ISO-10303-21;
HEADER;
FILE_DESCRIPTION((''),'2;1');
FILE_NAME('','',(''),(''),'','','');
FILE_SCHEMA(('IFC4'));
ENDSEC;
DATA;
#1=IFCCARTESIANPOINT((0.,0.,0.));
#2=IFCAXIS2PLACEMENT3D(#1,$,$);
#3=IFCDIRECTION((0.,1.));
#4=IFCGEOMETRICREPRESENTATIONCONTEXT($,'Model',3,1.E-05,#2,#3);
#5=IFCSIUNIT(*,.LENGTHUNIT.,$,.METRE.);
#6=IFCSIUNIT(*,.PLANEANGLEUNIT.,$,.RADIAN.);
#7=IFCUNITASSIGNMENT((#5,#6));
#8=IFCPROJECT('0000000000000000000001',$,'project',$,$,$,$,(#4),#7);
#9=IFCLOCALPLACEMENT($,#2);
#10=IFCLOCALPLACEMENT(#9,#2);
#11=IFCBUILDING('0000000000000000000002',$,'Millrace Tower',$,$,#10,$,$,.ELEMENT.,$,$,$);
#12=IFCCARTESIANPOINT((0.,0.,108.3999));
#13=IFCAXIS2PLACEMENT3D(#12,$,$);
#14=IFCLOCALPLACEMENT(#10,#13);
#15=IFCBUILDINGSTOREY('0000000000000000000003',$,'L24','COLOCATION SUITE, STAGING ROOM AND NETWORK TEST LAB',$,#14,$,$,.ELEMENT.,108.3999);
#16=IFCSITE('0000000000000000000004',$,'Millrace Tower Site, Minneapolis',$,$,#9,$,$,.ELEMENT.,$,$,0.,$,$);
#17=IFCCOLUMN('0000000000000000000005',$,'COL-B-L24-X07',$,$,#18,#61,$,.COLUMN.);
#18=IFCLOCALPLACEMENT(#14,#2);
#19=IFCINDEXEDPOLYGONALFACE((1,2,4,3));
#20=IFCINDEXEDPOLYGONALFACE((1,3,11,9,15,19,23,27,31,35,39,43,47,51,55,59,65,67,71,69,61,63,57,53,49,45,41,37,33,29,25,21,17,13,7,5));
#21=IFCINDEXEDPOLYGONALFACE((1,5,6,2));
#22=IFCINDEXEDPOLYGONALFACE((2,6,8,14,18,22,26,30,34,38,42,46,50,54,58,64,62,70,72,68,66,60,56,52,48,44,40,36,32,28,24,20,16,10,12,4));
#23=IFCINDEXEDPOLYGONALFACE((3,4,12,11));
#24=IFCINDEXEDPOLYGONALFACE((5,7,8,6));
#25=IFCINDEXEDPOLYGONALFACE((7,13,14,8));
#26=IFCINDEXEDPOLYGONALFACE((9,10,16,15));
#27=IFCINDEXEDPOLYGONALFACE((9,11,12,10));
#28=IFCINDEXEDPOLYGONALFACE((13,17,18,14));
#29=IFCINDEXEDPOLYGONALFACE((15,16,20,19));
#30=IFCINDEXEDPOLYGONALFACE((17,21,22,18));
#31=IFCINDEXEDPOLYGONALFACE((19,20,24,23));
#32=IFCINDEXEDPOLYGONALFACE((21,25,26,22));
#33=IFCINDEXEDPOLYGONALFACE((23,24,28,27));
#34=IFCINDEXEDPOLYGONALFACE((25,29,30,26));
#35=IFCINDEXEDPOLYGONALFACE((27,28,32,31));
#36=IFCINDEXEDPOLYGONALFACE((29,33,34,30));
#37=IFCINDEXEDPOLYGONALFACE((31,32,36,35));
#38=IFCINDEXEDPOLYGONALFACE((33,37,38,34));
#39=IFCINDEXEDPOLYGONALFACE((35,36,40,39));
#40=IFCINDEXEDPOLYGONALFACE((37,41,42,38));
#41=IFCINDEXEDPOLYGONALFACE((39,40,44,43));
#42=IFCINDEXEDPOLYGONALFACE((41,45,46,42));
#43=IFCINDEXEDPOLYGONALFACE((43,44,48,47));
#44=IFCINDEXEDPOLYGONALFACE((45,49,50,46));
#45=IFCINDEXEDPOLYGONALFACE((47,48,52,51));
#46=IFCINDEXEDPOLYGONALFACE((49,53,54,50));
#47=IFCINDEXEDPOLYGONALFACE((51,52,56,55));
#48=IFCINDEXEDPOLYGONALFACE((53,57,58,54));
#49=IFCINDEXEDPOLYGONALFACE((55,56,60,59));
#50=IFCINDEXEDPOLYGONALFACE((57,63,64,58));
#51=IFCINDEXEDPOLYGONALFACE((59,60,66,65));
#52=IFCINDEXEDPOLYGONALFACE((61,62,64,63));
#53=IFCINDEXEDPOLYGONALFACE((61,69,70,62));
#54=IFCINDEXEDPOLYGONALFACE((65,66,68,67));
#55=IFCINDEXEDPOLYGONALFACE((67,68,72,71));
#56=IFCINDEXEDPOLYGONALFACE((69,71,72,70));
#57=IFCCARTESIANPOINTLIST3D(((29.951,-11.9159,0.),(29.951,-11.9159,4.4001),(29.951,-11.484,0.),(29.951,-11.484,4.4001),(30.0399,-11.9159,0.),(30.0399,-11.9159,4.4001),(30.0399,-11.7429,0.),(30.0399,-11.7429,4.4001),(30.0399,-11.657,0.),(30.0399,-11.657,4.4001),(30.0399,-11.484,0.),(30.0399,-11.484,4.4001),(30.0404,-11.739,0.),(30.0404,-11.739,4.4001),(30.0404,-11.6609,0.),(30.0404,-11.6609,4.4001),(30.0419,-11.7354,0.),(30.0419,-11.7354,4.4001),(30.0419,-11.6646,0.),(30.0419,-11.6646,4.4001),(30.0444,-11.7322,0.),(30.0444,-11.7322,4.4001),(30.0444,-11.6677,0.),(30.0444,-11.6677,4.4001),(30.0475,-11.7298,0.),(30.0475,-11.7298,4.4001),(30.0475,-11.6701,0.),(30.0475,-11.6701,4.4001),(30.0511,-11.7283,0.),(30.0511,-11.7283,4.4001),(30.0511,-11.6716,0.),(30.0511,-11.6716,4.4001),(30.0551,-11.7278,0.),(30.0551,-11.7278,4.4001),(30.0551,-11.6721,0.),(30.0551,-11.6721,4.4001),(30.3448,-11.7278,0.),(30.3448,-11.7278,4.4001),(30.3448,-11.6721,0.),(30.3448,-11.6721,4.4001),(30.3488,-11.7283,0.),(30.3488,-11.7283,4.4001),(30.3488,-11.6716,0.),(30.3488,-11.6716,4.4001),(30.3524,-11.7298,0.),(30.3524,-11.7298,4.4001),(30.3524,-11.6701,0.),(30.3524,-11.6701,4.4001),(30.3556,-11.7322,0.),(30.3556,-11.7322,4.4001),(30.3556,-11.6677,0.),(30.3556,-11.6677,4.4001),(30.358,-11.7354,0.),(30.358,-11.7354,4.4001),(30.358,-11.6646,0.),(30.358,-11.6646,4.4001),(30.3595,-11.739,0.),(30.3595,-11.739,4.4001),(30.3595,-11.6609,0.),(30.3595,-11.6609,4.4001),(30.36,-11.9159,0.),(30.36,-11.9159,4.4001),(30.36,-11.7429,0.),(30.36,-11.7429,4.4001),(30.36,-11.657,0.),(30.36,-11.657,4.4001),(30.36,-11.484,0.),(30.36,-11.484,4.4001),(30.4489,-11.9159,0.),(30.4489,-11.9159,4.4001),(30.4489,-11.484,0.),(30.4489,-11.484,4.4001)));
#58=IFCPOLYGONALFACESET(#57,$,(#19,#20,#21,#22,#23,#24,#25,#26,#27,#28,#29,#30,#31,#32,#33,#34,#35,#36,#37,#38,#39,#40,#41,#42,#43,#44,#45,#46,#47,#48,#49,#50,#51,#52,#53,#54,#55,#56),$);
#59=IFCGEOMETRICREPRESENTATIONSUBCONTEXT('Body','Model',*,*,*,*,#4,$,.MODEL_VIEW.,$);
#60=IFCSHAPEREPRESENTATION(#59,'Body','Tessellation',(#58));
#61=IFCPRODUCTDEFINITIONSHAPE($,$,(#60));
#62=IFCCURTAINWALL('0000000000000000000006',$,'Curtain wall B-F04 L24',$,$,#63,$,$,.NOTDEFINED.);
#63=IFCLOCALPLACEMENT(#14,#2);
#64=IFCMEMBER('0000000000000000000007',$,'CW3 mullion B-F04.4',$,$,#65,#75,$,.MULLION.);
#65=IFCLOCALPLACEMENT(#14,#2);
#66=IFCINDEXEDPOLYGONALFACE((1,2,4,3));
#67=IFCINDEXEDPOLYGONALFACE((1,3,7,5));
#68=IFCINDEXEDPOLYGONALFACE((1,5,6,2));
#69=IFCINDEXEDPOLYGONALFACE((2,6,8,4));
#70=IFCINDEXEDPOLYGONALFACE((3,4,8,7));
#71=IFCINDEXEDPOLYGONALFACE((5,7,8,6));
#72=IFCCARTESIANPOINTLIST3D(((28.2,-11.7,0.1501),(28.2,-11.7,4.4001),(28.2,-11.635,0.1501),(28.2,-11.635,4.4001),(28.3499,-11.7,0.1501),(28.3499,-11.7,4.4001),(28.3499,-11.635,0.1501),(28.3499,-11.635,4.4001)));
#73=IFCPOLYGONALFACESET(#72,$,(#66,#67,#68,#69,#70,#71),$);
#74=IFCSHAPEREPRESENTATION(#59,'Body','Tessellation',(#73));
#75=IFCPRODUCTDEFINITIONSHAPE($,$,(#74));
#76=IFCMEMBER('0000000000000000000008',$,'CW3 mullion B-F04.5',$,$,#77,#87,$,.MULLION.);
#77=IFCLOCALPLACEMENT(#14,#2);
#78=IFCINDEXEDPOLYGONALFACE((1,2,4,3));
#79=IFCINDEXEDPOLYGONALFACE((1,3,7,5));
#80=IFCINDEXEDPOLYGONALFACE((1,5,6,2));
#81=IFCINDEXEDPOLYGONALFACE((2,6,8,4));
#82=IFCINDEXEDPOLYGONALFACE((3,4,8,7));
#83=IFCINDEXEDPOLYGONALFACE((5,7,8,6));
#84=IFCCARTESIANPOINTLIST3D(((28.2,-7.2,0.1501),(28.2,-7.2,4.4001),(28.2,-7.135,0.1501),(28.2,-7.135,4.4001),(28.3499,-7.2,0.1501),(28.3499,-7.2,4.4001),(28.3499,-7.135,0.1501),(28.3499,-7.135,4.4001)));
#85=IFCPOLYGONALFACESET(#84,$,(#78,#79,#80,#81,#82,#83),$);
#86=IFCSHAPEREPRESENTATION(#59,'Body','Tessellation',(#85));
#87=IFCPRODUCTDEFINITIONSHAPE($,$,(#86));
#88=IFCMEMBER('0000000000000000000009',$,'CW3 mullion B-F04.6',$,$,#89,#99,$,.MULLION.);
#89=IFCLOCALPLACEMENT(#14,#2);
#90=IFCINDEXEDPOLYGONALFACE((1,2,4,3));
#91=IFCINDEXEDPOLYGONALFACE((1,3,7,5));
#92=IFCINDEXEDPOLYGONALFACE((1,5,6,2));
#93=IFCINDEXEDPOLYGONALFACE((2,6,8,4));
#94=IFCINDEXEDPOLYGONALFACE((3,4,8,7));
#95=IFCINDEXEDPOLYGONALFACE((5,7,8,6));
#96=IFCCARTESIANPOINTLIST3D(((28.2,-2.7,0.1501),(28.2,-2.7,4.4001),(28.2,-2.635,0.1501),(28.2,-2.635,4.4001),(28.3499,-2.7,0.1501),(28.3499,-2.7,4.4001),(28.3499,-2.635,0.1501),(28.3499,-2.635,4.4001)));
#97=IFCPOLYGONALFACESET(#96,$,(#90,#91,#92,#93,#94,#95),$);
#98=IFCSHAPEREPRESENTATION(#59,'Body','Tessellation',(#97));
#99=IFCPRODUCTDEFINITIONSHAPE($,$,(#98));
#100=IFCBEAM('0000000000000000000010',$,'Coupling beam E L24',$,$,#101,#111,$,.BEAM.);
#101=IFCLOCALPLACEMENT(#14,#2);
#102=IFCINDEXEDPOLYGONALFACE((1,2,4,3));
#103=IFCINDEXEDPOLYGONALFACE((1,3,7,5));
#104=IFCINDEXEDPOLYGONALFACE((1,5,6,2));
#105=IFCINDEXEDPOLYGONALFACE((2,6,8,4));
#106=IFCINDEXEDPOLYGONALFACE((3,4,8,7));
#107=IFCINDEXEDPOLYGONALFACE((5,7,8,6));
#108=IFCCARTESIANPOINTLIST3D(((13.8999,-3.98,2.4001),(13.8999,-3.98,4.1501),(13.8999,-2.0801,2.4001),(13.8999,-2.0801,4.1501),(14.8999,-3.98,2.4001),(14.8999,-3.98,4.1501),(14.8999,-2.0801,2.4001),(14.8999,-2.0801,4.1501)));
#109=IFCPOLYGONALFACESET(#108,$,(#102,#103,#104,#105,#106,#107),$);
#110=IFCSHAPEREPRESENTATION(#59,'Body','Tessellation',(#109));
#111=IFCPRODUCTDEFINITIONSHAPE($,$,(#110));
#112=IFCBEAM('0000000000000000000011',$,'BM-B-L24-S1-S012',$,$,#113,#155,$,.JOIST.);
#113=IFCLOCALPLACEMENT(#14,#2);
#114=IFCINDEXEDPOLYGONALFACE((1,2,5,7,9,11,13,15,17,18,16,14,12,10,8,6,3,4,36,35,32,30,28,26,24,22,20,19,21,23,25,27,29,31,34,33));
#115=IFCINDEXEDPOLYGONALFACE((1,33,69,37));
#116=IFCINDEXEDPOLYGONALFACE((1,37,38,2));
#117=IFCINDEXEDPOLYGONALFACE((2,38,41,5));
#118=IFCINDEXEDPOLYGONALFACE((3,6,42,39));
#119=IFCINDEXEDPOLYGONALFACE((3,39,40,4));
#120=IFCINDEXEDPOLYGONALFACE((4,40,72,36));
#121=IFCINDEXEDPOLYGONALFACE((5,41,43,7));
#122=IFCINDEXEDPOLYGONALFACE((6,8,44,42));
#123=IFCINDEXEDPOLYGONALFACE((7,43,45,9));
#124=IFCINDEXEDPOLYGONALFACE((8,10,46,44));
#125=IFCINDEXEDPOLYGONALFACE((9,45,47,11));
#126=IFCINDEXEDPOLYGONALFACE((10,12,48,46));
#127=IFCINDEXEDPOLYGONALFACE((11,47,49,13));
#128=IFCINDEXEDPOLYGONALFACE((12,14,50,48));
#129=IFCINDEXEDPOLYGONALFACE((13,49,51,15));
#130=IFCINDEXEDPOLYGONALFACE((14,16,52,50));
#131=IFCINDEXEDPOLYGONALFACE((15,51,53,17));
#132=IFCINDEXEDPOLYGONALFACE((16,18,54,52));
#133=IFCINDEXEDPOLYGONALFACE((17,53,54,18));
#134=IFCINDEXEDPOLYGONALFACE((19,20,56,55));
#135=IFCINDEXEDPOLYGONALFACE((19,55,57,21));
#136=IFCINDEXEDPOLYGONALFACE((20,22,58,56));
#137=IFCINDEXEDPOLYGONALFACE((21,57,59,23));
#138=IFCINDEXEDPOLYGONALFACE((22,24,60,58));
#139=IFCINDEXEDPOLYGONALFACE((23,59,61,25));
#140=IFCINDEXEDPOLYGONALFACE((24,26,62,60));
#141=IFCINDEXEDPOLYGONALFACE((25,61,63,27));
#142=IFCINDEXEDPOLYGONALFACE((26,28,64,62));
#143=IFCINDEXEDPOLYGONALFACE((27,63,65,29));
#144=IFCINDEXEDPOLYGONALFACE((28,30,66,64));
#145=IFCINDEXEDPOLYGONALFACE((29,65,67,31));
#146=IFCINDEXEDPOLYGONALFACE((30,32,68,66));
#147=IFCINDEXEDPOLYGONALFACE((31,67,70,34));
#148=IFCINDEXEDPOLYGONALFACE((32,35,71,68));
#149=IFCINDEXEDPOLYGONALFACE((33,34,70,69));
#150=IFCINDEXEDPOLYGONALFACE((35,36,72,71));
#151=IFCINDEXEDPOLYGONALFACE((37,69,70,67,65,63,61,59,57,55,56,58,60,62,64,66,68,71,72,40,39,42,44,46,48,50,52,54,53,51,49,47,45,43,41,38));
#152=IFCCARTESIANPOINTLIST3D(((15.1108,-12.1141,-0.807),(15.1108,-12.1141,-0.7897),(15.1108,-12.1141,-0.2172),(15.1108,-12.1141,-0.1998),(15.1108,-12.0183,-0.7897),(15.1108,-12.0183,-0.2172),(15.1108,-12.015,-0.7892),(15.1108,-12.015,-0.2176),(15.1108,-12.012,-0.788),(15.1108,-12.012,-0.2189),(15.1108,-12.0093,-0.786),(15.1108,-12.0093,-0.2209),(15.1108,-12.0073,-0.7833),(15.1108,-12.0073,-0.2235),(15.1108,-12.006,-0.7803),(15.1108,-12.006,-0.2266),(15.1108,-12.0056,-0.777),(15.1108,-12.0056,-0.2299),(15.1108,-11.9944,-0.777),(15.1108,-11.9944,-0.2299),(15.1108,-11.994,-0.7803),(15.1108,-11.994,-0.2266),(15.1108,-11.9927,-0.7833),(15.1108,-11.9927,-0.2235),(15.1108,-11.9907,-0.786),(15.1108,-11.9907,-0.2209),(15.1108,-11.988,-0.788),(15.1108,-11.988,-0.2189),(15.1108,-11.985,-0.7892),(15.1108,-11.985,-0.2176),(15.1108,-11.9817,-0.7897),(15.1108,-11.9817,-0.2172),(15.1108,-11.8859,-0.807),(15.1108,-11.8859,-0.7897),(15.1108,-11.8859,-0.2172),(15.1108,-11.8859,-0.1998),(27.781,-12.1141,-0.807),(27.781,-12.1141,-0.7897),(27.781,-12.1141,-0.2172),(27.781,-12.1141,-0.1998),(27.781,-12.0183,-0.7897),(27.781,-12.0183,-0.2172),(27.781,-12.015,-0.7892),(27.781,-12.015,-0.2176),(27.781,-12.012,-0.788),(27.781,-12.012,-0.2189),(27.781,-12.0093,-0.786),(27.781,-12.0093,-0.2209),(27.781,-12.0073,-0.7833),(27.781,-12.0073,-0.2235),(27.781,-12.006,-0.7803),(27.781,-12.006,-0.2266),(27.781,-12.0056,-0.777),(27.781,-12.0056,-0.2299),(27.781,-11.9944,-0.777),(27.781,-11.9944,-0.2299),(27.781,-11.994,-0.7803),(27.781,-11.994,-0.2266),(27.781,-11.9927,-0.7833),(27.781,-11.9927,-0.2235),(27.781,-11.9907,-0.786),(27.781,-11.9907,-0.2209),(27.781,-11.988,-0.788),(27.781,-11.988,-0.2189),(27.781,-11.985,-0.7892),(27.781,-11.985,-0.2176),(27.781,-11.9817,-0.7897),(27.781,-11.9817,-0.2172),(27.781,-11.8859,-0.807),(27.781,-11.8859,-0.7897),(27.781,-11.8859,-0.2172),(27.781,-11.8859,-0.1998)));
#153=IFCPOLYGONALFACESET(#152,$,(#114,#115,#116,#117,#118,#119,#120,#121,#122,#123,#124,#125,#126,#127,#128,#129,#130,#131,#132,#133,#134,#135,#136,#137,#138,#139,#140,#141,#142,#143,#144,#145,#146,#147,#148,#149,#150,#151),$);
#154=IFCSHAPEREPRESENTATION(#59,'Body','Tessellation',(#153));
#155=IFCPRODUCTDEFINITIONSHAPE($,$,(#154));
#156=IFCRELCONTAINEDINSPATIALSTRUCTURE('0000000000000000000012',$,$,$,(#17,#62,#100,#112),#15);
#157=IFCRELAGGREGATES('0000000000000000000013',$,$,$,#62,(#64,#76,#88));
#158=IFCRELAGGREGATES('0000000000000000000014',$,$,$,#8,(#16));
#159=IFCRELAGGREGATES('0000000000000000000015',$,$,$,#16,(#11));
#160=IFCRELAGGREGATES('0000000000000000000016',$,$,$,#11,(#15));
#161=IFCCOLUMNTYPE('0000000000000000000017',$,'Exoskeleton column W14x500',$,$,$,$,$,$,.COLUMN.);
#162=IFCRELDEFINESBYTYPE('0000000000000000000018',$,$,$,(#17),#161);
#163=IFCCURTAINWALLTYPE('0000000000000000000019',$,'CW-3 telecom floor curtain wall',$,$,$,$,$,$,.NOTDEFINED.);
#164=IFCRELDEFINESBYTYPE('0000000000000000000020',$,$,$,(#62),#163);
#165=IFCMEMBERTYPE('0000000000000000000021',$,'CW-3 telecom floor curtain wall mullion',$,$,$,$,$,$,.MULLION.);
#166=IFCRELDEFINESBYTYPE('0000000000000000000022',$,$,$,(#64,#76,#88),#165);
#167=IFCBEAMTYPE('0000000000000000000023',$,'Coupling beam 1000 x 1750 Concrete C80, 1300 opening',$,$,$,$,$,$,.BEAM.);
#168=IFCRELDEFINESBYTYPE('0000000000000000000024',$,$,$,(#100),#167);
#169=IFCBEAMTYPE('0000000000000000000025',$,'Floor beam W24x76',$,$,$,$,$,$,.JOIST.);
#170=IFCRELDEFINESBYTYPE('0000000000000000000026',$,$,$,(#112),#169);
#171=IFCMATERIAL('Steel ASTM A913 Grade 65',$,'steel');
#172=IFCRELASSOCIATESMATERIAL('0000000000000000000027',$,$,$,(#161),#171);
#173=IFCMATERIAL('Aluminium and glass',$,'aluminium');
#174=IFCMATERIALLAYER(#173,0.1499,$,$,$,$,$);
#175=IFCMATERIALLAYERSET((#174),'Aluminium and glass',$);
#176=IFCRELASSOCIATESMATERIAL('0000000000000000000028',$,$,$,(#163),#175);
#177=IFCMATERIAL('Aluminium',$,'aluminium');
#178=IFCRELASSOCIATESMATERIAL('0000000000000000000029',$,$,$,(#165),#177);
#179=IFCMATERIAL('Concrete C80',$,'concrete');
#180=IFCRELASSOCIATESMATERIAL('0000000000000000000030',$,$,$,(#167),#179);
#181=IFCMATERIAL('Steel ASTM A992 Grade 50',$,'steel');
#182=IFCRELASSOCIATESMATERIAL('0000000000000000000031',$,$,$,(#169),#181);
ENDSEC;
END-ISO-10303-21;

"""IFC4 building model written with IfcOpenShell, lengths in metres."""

from ifc_helpers import new_model, si_unit, direction, frame, origin, origin_2d, place, context, subcontext, project, spatial, rectangle, i_section, extrude, material, layer, layer_set, material_profile, profile_set, type_object, element, aggregate, save


model = new_model("IFC4")

# Units and contexts
model_context = context("Model", 3, precision=1e-05, world=origin(), true_north=direction((0.0, 1.0)))
body_context = subcontext(model_context, "Body", "Model", "MODEL_VIEW")
ifc_project = project(units=[si_unit("LENGTHUNIT", "METRE"), si_unit("PLANEANGLEUNIT", "RADIAN")], contexts=[model_context])

# Site, building, storey
site_placement = place(None, origin())
site = spatial("IfcSite", under=ifc_project, at=site_placement, Name="Millrace Tower Site, Minneapolis", CompositionType="ELEMENT", RefElevation=0.0)
building_placement = place(site_placement, origin())
building = spatial("IfcBuilding", under=site, at=building_placement, Name="Millrace Tower", CompositionType="ELEMENT")
storey_placement = place(building_placement, frame((0.0, 0.0, 108.3999)))
storey = spatial("IfcBuildingStorey", under=building, at=storey_placement, Name="L24", Description="COLOCATION SUITE, STAGING ROOM AND NETWORK TEST LAB", CompositionType="ELEMENT", Elevation=108.3999)

# Column
ifc_material_1 = material(Name="Steel ASTM A913 Grade 65", Category="steel")
ifc_material_profile_1 = material_profile(ifc_material_1, i_section(OverallWidth=0.4319, OverallDepth=0.4978, WebThickness=0.0557, FlangeThickness=0.0889, FilletRadius=0.0151, at=origin_2d()))
ifc_profile_set_1 = profile_set([ifc_material_profile_1], Name="Steel ASTM A913 Grade 65")
column_type = type_object("IfcColumnType", Name="Exoskeleton column W14x500", PredefinedType="COLUMN", material=ifc_profile_set_1)
column_placement = place(storey_placement, frame((30.2, -11.7, 0.0), z_axis=(0.0, 0.0, 1.0), x_axis=(0.0, 1.0, 0.0)))
element("IfcColumn", 1, at=column_placement, inside=storey, type_object=column_type, Name="COL-B-L24-X07", PredefinedType="COLUMN", context=body_context, shape_type="SweptSolid", body=[
    extrude(i_section(OverallWidth=0.4319, OverallDepth=0.4978, WebThickness=0.0557, FlangeThickness=0.0889, FilletRadius=0.0151, at=origin_2d()), origin(), (0.0, 0.0, 1.0), 4.4001),
])

# Curtain wall, members
ifc_material_2 = material(Name="Aluminium and glass", Category="aluminium")
ifc_layer_1 = layer(ifc_material_2, 0.1499)
ifc_layer_set_1 = layer_set([ifc_layer_1], Name="Aluminium and glass")
curtain_wall_type = type_object("IfcCurtainWallType", Name="CW-3 telecom floor curtain wall", PredefinedType="NOTDEFINED", material=ifc_layer_set_1)
curtain_wall_placement = place(storey_placement, origin())
curtain_wall = element("IfcCurtainWall", 2, at=curtain_wall_placement, inside=storey, type_object=curtain_wall_type, Name="Curtain wall B-F04 L24", PredefinedType="NOTDEFINED")
ifc_material_3 = material(Name="Aluminium", Category="aluminium")
ifc_material_profile_2 = material_profile(ifc_material_3, rectangle(XDim=0.0649, YDim=0.1499, at=origin_2d()))
ifc_profile_set_2 = profile_set([ifc_material_profile_2], Name="Aluminium")
member_type = type_object("IfcMemberType", Name="CW-3 telecom floor curtain wall mullion", PredefinedType="MULLION", material=ifc_profile_set_2)
member_1_placement = place(storey_placement, frame((28.2749, -11.6675, 0.1501), z_axis=(0.0, 0.0, 1.0), x_axis=(0.0, 1.0, 0.0)))
member_1 = element("IfcMember", 3, at=member_1_placement, type_object=member_type, Name="CW3 mullion B-F04.4", PredefinedType="MULLION", context=body_context, shape_type="SweptSolid", body=[
    extrude(rectangle(XDim=0.0649, YDim=0.1499, at=origin_2d()), origin(), (0.0, 0.0, 1.0), 4.25),
])
member_2_placement = place(storey_placement, frame((28.2749, -7.1675, 0.1501), z_axis=(0.0, 0.0, 1.0), x_axis=(0.0, 1.0, 0.0)))
member_2 = element("IfcMember", 4, at=member_2_placement, type_object=member_type, Name="CW3 mullion B-F04.5", PredefinedType="MULLION", context=body_context, shape_type="SweptSolid", body=[
    extrude(rectangle(XDim=0.0649, YDim=0.1499, at=origin_2d()), origin(), (0.0, 0.0, 1.0), 4.25),
])
member_3_placement = place(storey_placement, frame((28.2749, -2.6675, 0.1501), z_axis=(0.0, 0.0, 1.0), x_axis=(0.0, 1.0, 0.0)))
member_3 = element("IfcMember", 5, at=member_3_placement, type_object=member_type, Name="CW3 mullion B-F04.6", PredefinedType="MULLION", context=body_context, shape_type="SweptSolid", body=[
    extrude(rectangle(XDim=0.0649, YDim=0.1499, at=origin_2d()), origin(), (0.0, 0.0, 1.0), 4.25),
])
aggregate(curtain_wall, [member_1, member_2, member_3])

# Beams
ifc_material_4 = material(Name="Concrete C80", Category="concrete")
ifc_material_profile_3 = material_profile(ifc_material_4, rectangle(XDim=1.0, YDim=1.75, at=origin_2d()))
ifc_profile_set_3 = profile_set([ifc_material_profile_3], Name="Concrete C80")
beam_type_1 = type_object("IfcBeamType", Name="Coupling beam 1000 x 1750 Concrete C80, 1300 opening", PredefinedType="BEAM", material=ifc_profile_set_3)
beam_1_placement = place(storey_placement, frame((14.3999, -2.0801, 3.2751), z_axis=(0.0, -1.0, 0.0), x_axis=(1.0, 0.0, 0.0)))
element("IfcBeam", 6, at=beam_1_placement, inside=storey, type_object=beam_type_1, Name="Coupling beam E L24", PredefinedType="BEAM", context=body_context, shape_type="SweptSolid", body=[
    extrude(rectangle(XDim=1.0, YDim=1.75, at=origin_2d()), origin(), (0.0, 0.0, 1.0), 1.8999),
])
ifc_material_5 = material(Name="Steel ASTM A992 Grade 50", Category="steel")
ifc_material_profile_4 = material_profile(ifc_material_5, i_section(OverallWidth=0.2283, OverallDepth=0.6072, WebThickness=0.0112, FlangeThickness=0.0173, FilletRadius=0.0127, at=origin_2d()))
ifc_profile_set_4 = profile_set([ifc_material_profile_4], Name="Steel ASTM A992 Grade 50")
beam_type_2 = type_object("IfcBeamType", Name="Floor beam W24x76", PredefinedType="JOIST", material=ifc_profile_set_4)
beam_2_placement = place(storey_placement, frame((15.1108, -12.0, -0.5034), z_axis=(1.0, 0.0, 0.0), x_axis=(0.0, 1.0, 0.0)))
element("IfcBeam", 7, at=beam_2_placement, inside=storey, type_object=beam_type_2, Name="BM-B-L24-S1-S012", PredefinedType="JOIST", context=body_context, shape_type="SweptSolid", body=[
    extrude(i_section(OverallWidth=0.2283, OverallDepth=0.6072, WebThickness=0.0112, FlangeThickness=0.0173, FilletRadius=0.0127, at=origin_2d()), origin(), (0.0, 0.0, 1.0), 12.6702),
])

save(model, "model.ifc")
